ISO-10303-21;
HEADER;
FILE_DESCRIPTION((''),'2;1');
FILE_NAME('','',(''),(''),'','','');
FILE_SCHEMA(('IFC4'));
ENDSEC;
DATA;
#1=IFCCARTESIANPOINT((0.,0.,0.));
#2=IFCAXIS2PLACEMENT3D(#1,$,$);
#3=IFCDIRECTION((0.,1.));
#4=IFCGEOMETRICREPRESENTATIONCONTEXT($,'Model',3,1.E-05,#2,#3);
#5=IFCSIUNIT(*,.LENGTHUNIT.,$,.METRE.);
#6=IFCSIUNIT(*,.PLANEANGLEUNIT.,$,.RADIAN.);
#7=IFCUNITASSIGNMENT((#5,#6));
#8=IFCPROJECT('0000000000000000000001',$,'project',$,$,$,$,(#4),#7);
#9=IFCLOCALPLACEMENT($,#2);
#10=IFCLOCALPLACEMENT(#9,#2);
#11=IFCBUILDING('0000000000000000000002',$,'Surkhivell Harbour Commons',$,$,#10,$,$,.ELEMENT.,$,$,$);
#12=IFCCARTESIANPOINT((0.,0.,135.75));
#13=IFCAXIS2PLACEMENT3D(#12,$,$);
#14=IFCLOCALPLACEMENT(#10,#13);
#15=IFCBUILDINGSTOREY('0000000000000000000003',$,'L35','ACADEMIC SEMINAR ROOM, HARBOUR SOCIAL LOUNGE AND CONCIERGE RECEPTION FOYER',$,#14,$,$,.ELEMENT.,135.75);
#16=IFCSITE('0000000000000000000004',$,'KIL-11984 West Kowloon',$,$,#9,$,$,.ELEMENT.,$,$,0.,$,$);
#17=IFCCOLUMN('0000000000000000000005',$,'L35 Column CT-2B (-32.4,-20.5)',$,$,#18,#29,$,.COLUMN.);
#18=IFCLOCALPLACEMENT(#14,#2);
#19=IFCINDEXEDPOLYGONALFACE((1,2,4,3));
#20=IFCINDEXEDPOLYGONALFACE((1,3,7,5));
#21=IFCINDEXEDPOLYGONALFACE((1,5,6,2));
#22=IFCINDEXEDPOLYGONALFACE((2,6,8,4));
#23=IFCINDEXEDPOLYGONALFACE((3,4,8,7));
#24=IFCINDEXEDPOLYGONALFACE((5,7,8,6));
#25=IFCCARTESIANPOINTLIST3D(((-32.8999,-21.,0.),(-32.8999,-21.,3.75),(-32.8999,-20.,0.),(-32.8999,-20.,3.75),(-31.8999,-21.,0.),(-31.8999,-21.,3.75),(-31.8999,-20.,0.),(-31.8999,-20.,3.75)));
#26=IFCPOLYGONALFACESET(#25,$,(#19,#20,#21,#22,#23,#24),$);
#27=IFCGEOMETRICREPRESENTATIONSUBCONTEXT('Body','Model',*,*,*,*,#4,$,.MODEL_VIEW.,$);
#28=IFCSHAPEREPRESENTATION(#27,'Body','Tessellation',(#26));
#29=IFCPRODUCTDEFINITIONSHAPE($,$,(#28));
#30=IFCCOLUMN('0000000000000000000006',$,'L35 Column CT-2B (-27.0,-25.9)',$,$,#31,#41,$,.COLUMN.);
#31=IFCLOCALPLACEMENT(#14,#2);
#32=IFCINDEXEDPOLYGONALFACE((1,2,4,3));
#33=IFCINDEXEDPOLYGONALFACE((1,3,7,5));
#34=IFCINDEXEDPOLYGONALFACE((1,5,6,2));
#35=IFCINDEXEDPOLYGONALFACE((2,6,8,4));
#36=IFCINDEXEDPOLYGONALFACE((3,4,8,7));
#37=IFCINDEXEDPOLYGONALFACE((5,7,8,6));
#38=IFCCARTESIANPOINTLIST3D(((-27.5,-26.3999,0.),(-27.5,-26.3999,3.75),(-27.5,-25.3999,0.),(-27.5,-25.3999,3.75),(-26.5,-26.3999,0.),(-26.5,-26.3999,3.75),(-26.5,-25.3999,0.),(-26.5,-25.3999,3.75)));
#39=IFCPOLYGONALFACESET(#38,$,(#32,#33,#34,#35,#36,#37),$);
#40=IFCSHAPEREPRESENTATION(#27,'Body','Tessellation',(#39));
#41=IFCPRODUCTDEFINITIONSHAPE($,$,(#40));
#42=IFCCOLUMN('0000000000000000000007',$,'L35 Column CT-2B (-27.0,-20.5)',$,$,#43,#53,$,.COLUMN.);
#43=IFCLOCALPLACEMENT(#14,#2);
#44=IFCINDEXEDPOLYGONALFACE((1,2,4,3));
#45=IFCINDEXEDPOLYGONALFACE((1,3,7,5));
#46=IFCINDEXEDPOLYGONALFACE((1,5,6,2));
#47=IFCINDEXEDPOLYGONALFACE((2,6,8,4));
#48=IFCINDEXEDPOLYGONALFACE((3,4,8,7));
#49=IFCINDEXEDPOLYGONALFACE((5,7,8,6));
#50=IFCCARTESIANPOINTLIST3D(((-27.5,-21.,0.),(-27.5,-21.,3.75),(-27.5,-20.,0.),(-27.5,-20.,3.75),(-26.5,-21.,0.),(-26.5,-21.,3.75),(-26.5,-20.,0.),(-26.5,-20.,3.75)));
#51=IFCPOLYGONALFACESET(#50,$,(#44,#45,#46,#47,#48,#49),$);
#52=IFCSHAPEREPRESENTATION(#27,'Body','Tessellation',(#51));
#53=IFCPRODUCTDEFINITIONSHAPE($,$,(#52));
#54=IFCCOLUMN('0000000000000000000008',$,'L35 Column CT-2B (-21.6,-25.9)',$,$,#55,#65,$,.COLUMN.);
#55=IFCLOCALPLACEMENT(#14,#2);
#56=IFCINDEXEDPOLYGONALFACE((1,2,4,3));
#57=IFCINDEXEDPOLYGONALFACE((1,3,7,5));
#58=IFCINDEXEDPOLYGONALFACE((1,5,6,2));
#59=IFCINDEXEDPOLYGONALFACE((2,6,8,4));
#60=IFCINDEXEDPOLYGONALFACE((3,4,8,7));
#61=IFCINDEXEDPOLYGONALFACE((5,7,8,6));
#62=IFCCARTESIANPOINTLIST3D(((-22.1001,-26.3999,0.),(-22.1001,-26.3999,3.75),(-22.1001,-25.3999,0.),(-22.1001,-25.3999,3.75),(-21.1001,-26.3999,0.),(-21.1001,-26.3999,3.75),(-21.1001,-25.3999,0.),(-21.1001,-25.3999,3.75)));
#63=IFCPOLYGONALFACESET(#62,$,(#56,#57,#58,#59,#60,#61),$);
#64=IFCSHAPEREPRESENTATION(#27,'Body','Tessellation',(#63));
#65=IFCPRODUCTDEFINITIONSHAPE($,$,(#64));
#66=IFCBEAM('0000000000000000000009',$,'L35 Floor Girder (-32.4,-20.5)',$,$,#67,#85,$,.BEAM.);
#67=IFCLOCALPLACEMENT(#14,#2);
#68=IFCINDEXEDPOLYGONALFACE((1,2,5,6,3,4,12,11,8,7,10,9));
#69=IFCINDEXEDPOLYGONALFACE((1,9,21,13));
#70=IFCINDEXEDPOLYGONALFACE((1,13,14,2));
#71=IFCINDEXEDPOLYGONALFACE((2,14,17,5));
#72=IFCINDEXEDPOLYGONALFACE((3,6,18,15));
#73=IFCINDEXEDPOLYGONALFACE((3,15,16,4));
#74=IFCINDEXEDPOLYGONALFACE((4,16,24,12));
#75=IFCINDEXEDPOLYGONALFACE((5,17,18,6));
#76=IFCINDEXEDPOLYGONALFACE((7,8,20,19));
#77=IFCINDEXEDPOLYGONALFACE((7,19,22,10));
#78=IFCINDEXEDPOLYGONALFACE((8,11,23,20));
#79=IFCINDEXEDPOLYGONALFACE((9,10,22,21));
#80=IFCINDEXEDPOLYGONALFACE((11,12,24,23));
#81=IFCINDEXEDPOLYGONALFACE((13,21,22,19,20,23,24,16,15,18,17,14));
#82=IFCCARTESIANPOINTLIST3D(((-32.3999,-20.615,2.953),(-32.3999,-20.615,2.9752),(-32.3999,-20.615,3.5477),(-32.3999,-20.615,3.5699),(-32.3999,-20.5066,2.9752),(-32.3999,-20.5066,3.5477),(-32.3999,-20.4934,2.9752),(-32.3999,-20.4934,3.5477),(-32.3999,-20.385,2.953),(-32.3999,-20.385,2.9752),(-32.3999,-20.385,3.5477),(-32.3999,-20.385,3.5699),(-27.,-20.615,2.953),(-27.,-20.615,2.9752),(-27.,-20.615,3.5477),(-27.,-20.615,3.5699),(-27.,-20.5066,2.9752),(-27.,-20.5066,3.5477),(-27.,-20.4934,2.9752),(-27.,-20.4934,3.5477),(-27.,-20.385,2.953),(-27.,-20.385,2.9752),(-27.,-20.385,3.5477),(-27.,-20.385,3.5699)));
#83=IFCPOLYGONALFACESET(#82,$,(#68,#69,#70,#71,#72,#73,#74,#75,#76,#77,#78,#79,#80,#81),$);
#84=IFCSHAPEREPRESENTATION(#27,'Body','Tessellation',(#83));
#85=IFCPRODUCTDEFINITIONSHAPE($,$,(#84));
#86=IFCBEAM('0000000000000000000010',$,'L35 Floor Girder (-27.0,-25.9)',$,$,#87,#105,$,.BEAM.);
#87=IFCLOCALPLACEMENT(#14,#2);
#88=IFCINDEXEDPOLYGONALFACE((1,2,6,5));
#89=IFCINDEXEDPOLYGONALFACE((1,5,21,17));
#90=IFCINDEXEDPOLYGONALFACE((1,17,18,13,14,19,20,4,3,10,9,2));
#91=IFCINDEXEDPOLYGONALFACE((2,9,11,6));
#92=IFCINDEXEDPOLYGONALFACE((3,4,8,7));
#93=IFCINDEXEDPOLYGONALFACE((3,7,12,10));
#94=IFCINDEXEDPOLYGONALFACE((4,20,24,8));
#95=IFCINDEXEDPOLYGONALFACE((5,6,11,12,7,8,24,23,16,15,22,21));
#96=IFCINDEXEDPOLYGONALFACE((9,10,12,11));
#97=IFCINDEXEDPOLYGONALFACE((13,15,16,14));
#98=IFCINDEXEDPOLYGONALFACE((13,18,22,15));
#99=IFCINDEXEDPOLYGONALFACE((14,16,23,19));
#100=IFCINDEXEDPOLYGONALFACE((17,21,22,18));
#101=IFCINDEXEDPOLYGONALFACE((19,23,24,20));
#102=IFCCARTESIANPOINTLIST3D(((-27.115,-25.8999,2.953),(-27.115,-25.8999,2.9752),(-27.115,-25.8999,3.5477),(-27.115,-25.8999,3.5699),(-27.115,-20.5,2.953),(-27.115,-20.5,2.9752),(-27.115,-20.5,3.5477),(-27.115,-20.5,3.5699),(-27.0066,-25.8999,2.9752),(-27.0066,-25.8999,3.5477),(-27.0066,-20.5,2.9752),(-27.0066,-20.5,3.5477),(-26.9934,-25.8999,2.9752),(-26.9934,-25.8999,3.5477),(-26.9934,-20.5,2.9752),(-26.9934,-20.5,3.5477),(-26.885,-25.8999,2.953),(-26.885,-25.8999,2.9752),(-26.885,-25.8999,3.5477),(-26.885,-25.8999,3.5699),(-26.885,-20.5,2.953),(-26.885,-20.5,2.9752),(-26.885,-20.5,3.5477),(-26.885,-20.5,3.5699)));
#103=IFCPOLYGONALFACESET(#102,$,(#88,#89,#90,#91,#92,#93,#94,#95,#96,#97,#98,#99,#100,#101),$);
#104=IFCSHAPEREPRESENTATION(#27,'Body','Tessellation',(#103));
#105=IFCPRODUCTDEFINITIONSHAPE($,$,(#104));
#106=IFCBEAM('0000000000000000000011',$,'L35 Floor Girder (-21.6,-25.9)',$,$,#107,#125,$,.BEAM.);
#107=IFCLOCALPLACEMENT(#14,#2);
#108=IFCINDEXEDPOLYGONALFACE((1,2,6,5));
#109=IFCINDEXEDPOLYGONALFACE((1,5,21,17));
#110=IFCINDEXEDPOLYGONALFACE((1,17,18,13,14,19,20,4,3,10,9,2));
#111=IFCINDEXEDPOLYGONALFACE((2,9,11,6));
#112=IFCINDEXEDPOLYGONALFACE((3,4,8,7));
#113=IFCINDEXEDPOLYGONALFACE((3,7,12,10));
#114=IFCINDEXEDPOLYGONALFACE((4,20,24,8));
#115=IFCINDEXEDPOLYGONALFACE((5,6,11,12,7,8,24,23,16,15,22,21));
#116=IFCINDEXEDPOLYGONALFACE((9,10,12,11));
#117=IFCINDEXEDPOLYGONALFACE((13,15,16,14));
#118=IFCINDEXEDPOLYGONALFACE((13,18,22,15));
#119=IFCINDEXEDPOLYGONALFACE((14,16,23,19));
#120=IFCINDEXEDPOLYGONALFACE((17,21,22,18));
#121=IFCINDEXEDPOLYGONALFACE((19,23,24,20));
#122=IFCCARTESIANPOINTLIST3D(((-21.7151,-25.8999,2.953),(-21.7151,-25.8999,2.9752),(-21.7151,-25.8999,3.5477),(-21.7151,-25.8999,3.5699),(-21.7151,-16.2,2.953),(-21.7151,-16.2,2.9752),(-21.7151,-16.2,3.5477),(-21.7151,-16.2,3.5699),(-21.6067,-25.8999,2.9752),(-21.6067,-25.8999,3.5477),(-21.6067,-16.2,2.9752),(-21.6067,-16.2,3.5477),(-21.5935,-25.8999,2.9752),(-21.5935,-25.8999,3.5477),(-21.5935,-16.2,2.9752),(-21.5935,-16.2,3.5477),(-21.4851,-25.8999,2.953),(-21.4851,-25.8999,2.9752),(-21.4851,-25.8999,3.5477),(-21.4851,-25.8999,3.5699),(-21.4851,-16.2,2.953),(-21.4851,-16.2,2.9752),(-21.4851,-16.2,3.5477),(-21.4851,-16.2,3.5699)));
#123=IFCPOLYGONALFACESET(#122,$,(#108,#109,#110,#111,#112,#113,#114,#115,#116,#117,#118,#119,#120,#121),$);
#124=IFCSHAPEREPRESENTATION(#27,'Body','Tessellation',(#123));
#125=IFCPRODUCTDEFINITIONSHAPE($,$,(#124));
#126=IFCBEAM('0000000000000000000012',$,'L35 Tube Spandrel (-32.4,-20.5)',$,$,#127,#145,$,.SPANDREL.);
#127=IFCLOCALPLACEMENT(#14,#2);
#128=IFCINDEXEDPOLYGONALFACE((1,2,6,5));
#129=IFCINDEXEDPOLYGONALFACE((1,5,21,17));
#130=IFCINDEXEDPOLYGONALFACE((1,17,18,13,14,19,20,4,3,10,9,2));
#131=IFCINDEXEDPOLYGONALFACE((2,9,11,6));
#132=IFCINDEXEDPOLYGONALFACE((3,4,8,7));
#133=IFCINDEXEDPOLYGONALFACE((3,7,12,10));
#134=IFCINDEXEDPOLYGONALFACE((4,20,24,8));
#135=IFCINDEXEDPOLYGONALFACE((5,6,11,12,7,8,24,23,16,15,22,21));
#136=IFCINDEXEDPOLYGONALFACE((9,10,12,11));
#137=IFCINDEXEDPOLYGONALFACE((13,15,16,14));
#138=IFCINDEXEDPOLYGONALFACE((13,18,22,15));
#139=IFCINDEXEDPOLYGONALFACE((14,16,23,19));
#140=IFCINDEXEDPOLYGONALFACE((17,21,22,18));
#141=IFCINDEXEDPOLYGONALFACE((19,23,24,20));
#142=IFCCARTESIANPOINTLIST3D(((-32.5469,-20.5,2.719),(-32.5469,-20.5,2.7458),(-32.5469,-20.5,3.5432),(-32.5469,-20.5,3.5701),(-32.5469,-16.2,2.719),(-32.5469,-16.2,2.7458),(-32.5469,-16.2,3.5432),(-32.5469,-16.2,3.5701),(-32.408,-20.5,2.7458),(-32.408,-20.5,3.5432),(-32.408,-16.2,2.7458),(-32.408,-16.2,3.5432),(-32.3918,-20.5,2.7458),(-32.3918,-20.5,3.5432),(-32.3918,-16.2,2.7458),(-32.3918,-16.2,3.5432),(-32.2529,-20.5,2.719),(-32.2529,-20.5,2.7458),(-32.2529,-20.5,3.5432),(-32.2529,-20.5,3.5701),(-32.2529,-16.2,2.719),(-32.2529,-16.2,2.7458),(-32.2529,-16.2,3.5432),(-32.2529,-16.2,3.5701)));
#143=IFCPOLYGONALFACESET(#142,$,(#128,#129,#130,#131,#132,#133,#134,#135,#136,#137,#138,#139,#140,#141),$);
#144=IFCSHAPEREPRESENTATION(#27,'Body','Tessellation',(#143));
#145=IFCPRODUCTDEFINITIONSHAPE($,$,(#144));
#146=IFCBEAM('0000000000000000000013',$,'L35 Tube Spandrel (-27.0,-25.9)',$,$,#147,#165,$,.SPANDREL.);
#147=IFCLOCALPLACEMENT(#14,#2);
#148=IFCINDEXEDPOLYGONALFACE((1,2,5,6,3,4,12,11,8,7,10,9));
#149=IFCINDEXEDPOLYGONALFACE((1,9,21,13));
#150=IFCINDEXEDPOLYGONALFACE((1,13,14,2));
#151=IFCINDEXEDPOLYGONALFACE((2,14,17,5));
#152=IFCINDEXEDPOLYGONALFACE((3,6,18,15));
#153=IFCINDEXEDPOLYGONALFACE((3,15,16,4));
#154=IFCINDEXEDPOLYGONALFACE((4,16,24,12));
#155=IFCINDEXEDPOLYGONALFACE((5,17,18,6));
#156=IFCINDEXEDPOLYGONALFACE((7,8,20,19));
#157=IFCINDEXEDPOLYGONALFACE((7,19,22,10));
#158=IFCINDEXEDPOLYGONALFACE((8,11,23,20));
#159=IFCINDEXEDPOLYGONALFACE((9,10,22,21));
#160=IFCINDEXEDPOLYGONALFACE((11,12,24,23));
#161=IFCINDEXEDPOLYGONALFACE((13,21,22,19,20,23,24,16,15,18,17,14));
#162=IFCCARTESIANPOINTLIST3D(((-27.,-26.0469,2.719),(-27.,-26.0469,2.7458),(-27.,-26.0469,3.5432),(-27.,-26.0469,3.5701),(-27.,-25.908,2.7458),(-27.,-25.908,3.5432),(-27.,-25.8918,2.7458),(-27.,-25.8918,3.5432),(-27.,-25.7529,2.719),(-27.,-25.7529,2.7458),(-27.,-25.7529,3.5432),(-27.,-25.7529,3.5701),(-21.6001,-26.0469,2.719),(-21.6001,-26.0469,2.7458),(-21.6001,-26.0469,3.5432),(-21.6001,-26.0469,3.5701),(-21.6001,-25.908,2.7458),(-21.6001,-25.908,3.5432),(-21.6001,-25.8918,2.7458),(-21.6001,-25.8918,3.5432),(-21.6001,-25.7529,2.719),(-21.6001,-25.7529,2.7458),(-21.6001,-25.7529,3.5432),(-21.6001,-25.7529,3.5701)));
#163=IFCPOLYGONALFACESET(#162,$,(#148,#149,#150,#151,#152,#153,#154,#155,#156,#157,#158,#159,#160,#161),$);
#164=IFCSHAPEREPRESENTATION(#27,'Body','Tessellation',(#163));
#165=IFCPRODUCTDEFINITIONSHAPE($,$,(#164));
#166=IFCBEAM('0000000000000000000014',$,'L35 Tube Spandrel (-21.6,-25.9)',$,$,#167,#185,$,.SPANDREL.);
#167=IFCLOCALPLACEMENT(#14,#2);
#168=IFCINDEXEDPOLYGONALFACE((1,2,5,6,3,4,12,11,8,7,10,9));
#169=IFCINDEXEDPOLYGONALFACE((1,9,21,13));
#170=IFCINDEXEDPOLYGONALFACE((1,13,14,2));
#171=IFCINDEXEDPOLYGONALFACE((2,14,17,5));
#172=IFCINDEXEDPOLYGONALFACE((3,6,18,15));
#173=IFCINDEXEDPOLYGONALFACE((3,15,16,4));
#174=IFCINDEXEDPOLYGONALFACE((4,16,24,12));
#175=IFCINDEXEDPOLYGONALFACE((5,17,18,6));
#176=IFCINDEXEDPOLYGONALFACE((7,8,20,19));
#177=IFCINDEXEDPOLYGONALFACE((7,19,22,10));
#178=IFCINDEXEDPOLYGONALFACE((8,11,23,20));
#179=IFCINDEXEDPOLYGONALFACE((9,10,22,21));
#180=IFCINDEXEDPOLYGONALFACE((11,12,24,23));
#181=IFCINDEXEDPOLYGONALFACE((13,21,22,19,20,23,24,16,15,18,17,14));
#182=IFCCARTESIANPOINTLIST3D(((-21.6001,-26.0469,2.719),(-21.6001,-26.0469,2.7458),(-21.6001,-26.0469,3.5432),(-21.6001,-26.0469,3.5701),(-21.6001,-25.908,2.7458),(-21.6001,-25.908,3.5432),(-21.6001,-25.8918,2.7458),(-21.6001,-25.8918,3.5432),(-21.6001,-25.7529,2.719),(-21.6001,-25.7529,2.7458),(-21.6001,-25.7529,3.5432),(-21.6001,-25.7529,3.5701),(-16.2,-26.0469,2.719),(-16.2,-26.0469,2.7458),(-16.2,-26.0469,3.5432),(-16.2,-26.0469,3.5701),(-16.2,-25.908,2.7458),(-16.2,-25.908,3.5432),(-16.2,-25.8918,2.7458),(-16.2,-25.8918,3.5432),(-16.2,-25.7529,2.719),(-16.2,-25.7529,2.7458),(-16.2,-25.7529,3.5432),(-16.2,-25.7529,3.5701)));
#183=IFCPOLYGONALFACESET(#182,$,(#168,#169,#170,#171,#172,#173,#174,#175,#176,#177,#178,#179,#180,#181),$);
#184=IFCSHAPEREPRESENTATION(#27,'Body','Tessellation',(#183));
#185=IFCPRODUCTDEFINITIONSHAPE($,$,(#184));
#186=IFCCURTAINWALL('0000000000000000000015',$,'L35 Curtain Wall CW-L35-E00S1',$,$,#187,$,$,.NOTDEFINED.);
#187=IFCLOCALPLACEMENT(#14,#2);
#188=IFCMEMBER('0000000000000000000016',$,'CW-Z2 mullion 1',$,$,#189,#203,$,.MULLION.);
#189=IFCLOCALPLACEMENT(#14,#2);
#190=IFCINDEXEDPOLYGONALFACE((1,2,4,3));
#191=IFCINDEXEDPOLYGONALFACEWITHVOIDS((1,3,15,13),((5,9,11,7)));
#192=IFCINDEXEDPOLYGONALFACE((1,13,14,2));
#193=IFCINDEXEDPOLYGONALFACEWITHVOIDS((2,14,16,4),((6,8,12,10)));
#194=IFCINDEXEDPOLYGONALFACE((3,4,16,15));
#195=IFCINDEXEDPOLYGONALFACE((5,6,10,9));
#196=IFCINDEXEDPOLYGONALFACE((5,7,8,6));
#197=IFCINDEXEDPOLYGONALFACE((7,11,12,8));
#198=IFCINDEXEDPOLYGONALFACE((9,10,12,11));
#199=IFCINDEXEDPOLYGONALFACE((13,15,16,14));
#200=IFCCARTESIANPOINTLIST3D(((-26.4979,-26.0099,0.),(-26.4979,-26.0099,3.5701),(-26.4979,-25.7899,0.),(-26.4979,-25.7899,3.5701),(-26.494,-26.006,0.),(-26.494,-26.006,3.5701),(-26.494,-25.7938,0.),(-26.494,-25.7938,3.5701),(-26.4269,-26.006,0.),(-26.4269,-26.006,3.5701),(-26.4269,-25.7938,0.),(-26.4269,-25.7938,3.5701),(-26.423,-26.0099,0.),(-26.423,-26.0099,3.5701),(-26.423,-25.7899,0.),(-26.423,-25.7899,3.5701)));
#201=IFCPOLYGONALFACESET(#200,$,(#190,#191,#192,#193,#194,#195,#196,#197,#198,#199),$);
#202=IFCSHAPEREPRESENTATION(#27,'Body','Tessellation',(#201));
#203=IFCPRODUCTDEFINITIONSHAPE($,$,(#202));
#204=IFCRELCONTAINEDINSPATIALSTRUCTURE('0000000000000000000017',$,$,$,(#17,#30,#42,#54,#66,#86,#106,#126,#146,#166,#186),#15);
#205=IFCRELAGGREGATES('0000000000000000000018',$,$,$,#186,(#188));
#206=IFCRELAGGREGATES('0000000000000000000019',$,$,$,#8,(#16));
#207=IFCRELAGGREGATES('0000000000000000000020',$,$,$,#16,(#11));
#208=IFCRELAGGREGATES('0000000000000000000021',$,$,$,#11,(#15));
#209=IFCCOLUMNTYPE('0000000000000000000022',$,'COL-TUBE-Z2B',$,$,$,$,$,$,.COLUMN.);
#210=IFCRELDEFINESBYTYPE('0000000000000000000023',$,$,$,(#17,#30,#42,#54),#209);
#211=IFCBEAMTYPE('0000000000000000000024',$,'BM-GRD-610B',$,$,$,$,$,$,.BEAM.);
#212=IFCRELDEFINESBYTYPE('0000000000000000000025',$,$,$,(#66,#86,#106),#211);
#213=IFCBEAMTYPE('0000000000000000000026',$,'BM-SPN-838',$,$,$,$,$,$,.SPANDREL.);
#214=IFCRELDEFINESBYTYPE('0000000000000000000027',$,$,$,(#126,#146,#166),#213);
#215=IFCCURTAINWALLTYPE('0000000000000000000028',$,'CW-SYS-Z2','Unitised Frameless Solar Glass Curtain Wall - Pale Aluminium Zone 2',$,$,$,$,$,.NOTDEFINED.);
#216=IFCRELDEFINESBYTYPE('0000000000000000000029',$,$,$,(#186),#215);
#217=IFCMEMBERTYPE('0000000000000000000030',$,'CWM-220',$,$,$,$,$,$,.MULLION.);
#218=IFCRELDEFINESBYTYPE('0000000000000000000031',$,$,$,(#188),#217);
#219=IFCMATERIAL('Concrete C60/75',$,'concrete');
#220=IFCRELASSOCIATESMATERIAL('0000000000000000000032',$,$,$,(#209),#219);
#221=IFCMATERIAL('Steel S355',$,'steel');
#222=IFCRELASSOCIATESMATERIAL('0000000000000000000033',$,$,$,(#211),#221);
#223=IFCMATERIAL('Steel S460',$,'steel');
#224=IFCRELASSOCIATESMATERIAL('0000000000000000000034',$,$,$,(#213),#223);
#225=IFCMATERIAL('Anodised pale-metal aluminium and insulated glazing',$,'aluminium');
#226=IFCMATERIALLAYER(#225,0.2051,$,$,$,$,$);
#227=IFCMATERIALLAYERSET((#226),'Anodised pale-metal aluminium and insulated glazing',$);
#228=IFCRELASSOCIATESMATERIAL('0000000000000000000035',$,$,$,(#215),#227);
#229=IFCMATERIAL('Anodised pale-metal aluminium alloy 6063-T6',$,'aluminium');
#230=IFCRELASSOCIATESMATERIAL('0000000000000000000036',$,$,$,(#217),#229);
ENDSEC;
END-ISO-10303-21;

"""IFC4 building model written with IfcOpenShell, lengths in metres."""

from ifc_helpers import new_model, si_unit, direction, frame, origin, origin_2d, place, context, subcontext, project, spatial, rectangle, hollow_rectangle, i_section, extrude, material, layer, layer_set, material_profile, profile_set, type_object, element, aggregate, save


model = new_model("IFC4")

# Units and contexts
model_context = context("Model", 3, precision=1e-05, world=origin(), true_north=direction((0.0, 1.0)))
body_context = subcontext(model_context, "Body", "Model", "MODEL_VIEW")
ifc_project = project(units=[si_unit("LENGTHUNIT", "METRE"), si_unit("PLANEANGLEUNIT", "RADIAN")], contexts=[model_context])

# Site, building, storey
site_placement = place(None, origin())
site = spatial("IfcSite", under=ifc_project, at=site_placement, Name="KIL-11984 West Kowloon", CompositionType="ELEMENT", RefElevation=0.0)
building_placement = place(site_placement, origin())
building = spatial("IfcBuilding", under=site, at=building_placement, Name="Surkhivell Harbour Commons", CompositionType="ELEMENT")
storey_placement = place(building_placement, frame((0.0, 0.0, 135.75)))
storey = spatial("IfcBuildingStorey", under=building, at=storey_placement, Name="L35", Description="ACADEMIC SEMINAR ROOM, HARBOUR SOCIAL LOUNGE AND CONCIERGE RECEPTION FOYER", CompositionType="ELEMENT", Elevation=135.75)

# Columns
ifc_material_1 = material(Name="Concrete C60/75", Category="concrete")
ifc_material_profile_1 = material_profile(ifc_material_1, rectangle(XDim=1.0, YDim=1.0, at=origin_2d()), Name="RC-COL-1000x1000")
ifc_profile_set_1 = profile_set([ifc_material_profile_1], Name="Concrete C60/75")
column_type = type_object("IfcColumnType", Name="COL-TUBE-Z2B", PredefinedType="COLUMN", material=ifc_profile_set_1)
for number, where, z_axis, x_axis, name in (
    (1, (-32.3999, -20.5, 0.0), (0.0, 0.0, 1.0), (1.0, 0.0, 0.0), "L35 Column CT-2B (-32.4,-20.5)"),
    (2, (-27.0, -25.8999, 0.0), (0.0, 0.0, 1.0), (1.0, 0.0, 0.0), "L35 Column CT-2B (-27.0,-25.9)"),
    (3, (-27.0, -20.5, 0.0), (0.0, 0.0, 1.0), (1.0, 0.0, 0.0), "L35 Column CT-2B (-27.0,-20.5)"),
    (4, (-21.6001, -25.8999, 0.0), (0.0, 0.0, 1.0), (1.0, 0.0, 0.0), "L35 Column CT-2B (-21.6,-25.9)"),
):
    element("IfcColumn", number, at=place(storey_placement, frame(where, z_axis=z_axis, x_axis=x_axis)), inside=storey, type_object=column_type, Name=name, PredefinedType="COLUMN", context=body_context, shape_type="SweptSolid", body=[
        extrude(rectangle(XDim=1.0, YDim=1.0, at=origin_2d()), origin(), (0.0, 0.0, 1.0), 3.75),
    ])

# Beams
ifc_material_2 = material(Name="Steel S355", Category="steel")
ifc_material_profile_2 = material_profile(ifc_material_2, i_section(OverallWidth=0.23, OverallDepth=0.6169, WebThickness=0.0132, FlangeThickness=0.0222, at=origin_2d()), Name="UB610x229x140")
ifc_profile_set_2 = profile_set([ifc_material_profile_2], Name="Steel S355")
beam_type_1 = type_object("IfcBeamType", Name="BM-GRD-610B", PredefinedType="BEAM", material=ifc_profile_set_2)
for number, where, z_axis, x_axis, name in (
    (5, (-32.3999, -20.5, 3.2615), (1.0, 0.0, 0.0), (0.0, 1.0, 0.0), "L35 Floor Girder (-32.4,-20.5)"),
    (6, (-27.0, -25.8999, 3.2615), (0.0, 1.0, 0.0), (-1.0, 0.0, 0.0), "L35 Floor Girder (-27.0,-25.9)"),
):
    element("IfcBeam", number, at=place(storey_placement, frame(where, z_axis=z_axis, x_axis=x_axis)), inside=storey, type_object=beam_type_1, Name=name, PredefinedType="BEAM", context=body_context, shape_type="SweptSolid", body=[
        extrude(i_section(OverallWidth=0.23, OverallDepth=0.6169, WebThickness=0.0132, FlangeThickness=0.0222, at=origin_2d()), origin(), (0.0, 0.0, 1.0), 5.3999),
    ])
beam_1_placement = place(storey_placement, frame((-21.6001, -25.8999, 3.2615), z_axis=(0.0, 1.0, 0.0), x_axis=(-1.0, 0.0, 0.0)))
element("IfcBeam", 7, at=beam_1_placement, inside=storey, type_object=beam_type_1, Name="L35 Floor Girder (-21.6,-25.9)", PredefinedType="BEAM", context=body_context, shape_type="SweptSolid", body=[
    extrude(i_section(OverallWidth=0.23, OverallDepth=0.6169, WebThickness=0.0132, FlangeThickness=0.0222, at=origin_2d()), origin(), (0.0, 0.0, 1.0), 9.7),
])
ifc_material_3 = material(Name="Steel S460", Category="steel")
ifc_material_profile_3 = material_profile(ifc_material_3, i_section(OverallWidth=0.2939, OverallDepth=0.8511, WebThickness=0.0161, FlangeThickness=0.0269, at=origin_2d()), Name="UB838x292x226")
ifc_profile_set_3 = profile_set([ifc_material_profile_3], Name="Steel S460")
beam_type_2 = type_object("IfcBeamType", Name="BM-SPN-838", PredefinedType="SPANDREL", material=ifc_profile_set_3)
beam_2_placement = place(storey_placement, frame((-32.3999, -20.5, 3.1445), z_axis=(0.0, 1.0, 0.0), x_axis=(-1.0, 0.0, 0.0)))
element("IfcBeam", 8, at=beam_2_placement, inside=storey, type_object=beam_type_2, Name="L35 Tube Spandrel (-32.4,-20.5)", PredefinedType="SPANDREL", context=body_context, shape_type="SweptSolid", body=[
    extrude(i_section(OverallWidth=0.2939, OverallDepth=0.8511, WebThickness=0.0161, FlangeThickness=0.0269, at=origin_2d()), origin(), (0.0, 0.0, 1.0), 4.3),
])
beam_3_placement = place(storey_placement, frame((-27.0, -25.8999, 3.1445), z_axis=(1.0, 0.0, 0.0), x_axis=(0.0, 1.0, 0.0)))
element("IfcBeam", 9, at=beam_3_placement, inside=storey, type_object=beam_type_2, Name="L35 Tube Spandrel (-27.0,-25.9)", PredefinedType="SPANDREL", context=body_context, shape_type="SweptSolid", body=[
    extrude(i_section(OverallWidth=0.2939, OverallDepth=0.8511, WebThickness=0.0161, FlangeThickness=0.0269, at=origin_2d()), origin(), (0.0, 0.0, 1.0), 5.3999),
])
beam_4_placement = place(storey_placement, frame((-21.6001, -25.8999, 3.1445), z_axis=(1.0, 0.0, 0.0), x_axis=(0.0, 1.0, 0.0)))
element("IfcBeam", 10, at=beam_4_placement, inside=storey, type_object=beam_type_2, Name="L35 Tube Spandrel (-21.6,-25.9)", PredefinedType="SPANDREL", context=body_context, shape_type="SweptSolid", body=[
    extrude(i_section(OverallWidth=0.2939, OverallDepth=0.8511, WebThickness=0.0161, FlangeThickness=0.0269, at=origin_2d()), origin(), (0.0, 0.0, 1.0), 5.4001),
])

# Curtain wall, member
ifc_material_4 = material(Name="Anodised pale-metal aluminium and insulated glazing", Category="aluminium")
ifc_layer_1 = layer(ifc_material_4, 0.2051)
ifc_layer_set_1 = layer_set([ifc_layer_1], Name="Anodised pale-metal aluminium and insulated glazing")
curtain_wall_type = type_object("IfcCurtainWallType", Name="CW-SYS-Z2", Description="Unitised Frameless Solar Glass Curtain Wall - Pale Aluminium Zone 2", PredefinedType="NOTDEFINED", material=ifc_layer_set_1)
curtain_wall_1_placement = place(storey_placement, origin())
curtain_wall_1 = element("IfcCurtainWall", 11, at=curtain_wall_1_placement, inside=storey, type_object=curtain_wall_type, Name="L35 Curtain Wall CW-L35-E00S1", PredefinedType="NOTDEFINED")
ifc_material_5 = material(Name="Anodised pale-metal aluminium alloy 6063-T6", Category="aluminium")
ifc_material_profile_4 = material_profile(ifc_material_5, hollow_rectangle(XDim=0.075, YDim=0.22, WallThickness=0.0039, at=origin_2d()), Name="ALU-MULL-75x220")
ifc_profile_set_4 = profile_set([ifc_material_profile_4], Name="Anodised pale-metal aluminium alloy 6063-T6")
member_type_1 = type_object("IfcMemberType", Name="CWM-220", PredefinedType="MULLION", material=ifc_profile_set_4)
member_1_placement = place(storey_placement, frame((-26.4604, -25.8999, 0.0), z_axis=(0.0, 0.0, 1.0), x_axis=(1.0, 0.0, 0.0)))
member_1 = element("IfcMember", 12, at=member_1_placement, type_object=member_type_1, Name="CW-Z2 mullion 1", PredefinedType="MULLION", context=body_context, shape_type="SweptSolid", body=[
    extrude(hollow_rectangle(XDim=0.075, YDim=0.22, WallThickness=0.0039, at=origin_2d()), origin(), (0.0, 0.0, 1.0), 3.5701),
])

aggregate(curtain_wall_1, [member_1])

save(model, "model.ifc")
